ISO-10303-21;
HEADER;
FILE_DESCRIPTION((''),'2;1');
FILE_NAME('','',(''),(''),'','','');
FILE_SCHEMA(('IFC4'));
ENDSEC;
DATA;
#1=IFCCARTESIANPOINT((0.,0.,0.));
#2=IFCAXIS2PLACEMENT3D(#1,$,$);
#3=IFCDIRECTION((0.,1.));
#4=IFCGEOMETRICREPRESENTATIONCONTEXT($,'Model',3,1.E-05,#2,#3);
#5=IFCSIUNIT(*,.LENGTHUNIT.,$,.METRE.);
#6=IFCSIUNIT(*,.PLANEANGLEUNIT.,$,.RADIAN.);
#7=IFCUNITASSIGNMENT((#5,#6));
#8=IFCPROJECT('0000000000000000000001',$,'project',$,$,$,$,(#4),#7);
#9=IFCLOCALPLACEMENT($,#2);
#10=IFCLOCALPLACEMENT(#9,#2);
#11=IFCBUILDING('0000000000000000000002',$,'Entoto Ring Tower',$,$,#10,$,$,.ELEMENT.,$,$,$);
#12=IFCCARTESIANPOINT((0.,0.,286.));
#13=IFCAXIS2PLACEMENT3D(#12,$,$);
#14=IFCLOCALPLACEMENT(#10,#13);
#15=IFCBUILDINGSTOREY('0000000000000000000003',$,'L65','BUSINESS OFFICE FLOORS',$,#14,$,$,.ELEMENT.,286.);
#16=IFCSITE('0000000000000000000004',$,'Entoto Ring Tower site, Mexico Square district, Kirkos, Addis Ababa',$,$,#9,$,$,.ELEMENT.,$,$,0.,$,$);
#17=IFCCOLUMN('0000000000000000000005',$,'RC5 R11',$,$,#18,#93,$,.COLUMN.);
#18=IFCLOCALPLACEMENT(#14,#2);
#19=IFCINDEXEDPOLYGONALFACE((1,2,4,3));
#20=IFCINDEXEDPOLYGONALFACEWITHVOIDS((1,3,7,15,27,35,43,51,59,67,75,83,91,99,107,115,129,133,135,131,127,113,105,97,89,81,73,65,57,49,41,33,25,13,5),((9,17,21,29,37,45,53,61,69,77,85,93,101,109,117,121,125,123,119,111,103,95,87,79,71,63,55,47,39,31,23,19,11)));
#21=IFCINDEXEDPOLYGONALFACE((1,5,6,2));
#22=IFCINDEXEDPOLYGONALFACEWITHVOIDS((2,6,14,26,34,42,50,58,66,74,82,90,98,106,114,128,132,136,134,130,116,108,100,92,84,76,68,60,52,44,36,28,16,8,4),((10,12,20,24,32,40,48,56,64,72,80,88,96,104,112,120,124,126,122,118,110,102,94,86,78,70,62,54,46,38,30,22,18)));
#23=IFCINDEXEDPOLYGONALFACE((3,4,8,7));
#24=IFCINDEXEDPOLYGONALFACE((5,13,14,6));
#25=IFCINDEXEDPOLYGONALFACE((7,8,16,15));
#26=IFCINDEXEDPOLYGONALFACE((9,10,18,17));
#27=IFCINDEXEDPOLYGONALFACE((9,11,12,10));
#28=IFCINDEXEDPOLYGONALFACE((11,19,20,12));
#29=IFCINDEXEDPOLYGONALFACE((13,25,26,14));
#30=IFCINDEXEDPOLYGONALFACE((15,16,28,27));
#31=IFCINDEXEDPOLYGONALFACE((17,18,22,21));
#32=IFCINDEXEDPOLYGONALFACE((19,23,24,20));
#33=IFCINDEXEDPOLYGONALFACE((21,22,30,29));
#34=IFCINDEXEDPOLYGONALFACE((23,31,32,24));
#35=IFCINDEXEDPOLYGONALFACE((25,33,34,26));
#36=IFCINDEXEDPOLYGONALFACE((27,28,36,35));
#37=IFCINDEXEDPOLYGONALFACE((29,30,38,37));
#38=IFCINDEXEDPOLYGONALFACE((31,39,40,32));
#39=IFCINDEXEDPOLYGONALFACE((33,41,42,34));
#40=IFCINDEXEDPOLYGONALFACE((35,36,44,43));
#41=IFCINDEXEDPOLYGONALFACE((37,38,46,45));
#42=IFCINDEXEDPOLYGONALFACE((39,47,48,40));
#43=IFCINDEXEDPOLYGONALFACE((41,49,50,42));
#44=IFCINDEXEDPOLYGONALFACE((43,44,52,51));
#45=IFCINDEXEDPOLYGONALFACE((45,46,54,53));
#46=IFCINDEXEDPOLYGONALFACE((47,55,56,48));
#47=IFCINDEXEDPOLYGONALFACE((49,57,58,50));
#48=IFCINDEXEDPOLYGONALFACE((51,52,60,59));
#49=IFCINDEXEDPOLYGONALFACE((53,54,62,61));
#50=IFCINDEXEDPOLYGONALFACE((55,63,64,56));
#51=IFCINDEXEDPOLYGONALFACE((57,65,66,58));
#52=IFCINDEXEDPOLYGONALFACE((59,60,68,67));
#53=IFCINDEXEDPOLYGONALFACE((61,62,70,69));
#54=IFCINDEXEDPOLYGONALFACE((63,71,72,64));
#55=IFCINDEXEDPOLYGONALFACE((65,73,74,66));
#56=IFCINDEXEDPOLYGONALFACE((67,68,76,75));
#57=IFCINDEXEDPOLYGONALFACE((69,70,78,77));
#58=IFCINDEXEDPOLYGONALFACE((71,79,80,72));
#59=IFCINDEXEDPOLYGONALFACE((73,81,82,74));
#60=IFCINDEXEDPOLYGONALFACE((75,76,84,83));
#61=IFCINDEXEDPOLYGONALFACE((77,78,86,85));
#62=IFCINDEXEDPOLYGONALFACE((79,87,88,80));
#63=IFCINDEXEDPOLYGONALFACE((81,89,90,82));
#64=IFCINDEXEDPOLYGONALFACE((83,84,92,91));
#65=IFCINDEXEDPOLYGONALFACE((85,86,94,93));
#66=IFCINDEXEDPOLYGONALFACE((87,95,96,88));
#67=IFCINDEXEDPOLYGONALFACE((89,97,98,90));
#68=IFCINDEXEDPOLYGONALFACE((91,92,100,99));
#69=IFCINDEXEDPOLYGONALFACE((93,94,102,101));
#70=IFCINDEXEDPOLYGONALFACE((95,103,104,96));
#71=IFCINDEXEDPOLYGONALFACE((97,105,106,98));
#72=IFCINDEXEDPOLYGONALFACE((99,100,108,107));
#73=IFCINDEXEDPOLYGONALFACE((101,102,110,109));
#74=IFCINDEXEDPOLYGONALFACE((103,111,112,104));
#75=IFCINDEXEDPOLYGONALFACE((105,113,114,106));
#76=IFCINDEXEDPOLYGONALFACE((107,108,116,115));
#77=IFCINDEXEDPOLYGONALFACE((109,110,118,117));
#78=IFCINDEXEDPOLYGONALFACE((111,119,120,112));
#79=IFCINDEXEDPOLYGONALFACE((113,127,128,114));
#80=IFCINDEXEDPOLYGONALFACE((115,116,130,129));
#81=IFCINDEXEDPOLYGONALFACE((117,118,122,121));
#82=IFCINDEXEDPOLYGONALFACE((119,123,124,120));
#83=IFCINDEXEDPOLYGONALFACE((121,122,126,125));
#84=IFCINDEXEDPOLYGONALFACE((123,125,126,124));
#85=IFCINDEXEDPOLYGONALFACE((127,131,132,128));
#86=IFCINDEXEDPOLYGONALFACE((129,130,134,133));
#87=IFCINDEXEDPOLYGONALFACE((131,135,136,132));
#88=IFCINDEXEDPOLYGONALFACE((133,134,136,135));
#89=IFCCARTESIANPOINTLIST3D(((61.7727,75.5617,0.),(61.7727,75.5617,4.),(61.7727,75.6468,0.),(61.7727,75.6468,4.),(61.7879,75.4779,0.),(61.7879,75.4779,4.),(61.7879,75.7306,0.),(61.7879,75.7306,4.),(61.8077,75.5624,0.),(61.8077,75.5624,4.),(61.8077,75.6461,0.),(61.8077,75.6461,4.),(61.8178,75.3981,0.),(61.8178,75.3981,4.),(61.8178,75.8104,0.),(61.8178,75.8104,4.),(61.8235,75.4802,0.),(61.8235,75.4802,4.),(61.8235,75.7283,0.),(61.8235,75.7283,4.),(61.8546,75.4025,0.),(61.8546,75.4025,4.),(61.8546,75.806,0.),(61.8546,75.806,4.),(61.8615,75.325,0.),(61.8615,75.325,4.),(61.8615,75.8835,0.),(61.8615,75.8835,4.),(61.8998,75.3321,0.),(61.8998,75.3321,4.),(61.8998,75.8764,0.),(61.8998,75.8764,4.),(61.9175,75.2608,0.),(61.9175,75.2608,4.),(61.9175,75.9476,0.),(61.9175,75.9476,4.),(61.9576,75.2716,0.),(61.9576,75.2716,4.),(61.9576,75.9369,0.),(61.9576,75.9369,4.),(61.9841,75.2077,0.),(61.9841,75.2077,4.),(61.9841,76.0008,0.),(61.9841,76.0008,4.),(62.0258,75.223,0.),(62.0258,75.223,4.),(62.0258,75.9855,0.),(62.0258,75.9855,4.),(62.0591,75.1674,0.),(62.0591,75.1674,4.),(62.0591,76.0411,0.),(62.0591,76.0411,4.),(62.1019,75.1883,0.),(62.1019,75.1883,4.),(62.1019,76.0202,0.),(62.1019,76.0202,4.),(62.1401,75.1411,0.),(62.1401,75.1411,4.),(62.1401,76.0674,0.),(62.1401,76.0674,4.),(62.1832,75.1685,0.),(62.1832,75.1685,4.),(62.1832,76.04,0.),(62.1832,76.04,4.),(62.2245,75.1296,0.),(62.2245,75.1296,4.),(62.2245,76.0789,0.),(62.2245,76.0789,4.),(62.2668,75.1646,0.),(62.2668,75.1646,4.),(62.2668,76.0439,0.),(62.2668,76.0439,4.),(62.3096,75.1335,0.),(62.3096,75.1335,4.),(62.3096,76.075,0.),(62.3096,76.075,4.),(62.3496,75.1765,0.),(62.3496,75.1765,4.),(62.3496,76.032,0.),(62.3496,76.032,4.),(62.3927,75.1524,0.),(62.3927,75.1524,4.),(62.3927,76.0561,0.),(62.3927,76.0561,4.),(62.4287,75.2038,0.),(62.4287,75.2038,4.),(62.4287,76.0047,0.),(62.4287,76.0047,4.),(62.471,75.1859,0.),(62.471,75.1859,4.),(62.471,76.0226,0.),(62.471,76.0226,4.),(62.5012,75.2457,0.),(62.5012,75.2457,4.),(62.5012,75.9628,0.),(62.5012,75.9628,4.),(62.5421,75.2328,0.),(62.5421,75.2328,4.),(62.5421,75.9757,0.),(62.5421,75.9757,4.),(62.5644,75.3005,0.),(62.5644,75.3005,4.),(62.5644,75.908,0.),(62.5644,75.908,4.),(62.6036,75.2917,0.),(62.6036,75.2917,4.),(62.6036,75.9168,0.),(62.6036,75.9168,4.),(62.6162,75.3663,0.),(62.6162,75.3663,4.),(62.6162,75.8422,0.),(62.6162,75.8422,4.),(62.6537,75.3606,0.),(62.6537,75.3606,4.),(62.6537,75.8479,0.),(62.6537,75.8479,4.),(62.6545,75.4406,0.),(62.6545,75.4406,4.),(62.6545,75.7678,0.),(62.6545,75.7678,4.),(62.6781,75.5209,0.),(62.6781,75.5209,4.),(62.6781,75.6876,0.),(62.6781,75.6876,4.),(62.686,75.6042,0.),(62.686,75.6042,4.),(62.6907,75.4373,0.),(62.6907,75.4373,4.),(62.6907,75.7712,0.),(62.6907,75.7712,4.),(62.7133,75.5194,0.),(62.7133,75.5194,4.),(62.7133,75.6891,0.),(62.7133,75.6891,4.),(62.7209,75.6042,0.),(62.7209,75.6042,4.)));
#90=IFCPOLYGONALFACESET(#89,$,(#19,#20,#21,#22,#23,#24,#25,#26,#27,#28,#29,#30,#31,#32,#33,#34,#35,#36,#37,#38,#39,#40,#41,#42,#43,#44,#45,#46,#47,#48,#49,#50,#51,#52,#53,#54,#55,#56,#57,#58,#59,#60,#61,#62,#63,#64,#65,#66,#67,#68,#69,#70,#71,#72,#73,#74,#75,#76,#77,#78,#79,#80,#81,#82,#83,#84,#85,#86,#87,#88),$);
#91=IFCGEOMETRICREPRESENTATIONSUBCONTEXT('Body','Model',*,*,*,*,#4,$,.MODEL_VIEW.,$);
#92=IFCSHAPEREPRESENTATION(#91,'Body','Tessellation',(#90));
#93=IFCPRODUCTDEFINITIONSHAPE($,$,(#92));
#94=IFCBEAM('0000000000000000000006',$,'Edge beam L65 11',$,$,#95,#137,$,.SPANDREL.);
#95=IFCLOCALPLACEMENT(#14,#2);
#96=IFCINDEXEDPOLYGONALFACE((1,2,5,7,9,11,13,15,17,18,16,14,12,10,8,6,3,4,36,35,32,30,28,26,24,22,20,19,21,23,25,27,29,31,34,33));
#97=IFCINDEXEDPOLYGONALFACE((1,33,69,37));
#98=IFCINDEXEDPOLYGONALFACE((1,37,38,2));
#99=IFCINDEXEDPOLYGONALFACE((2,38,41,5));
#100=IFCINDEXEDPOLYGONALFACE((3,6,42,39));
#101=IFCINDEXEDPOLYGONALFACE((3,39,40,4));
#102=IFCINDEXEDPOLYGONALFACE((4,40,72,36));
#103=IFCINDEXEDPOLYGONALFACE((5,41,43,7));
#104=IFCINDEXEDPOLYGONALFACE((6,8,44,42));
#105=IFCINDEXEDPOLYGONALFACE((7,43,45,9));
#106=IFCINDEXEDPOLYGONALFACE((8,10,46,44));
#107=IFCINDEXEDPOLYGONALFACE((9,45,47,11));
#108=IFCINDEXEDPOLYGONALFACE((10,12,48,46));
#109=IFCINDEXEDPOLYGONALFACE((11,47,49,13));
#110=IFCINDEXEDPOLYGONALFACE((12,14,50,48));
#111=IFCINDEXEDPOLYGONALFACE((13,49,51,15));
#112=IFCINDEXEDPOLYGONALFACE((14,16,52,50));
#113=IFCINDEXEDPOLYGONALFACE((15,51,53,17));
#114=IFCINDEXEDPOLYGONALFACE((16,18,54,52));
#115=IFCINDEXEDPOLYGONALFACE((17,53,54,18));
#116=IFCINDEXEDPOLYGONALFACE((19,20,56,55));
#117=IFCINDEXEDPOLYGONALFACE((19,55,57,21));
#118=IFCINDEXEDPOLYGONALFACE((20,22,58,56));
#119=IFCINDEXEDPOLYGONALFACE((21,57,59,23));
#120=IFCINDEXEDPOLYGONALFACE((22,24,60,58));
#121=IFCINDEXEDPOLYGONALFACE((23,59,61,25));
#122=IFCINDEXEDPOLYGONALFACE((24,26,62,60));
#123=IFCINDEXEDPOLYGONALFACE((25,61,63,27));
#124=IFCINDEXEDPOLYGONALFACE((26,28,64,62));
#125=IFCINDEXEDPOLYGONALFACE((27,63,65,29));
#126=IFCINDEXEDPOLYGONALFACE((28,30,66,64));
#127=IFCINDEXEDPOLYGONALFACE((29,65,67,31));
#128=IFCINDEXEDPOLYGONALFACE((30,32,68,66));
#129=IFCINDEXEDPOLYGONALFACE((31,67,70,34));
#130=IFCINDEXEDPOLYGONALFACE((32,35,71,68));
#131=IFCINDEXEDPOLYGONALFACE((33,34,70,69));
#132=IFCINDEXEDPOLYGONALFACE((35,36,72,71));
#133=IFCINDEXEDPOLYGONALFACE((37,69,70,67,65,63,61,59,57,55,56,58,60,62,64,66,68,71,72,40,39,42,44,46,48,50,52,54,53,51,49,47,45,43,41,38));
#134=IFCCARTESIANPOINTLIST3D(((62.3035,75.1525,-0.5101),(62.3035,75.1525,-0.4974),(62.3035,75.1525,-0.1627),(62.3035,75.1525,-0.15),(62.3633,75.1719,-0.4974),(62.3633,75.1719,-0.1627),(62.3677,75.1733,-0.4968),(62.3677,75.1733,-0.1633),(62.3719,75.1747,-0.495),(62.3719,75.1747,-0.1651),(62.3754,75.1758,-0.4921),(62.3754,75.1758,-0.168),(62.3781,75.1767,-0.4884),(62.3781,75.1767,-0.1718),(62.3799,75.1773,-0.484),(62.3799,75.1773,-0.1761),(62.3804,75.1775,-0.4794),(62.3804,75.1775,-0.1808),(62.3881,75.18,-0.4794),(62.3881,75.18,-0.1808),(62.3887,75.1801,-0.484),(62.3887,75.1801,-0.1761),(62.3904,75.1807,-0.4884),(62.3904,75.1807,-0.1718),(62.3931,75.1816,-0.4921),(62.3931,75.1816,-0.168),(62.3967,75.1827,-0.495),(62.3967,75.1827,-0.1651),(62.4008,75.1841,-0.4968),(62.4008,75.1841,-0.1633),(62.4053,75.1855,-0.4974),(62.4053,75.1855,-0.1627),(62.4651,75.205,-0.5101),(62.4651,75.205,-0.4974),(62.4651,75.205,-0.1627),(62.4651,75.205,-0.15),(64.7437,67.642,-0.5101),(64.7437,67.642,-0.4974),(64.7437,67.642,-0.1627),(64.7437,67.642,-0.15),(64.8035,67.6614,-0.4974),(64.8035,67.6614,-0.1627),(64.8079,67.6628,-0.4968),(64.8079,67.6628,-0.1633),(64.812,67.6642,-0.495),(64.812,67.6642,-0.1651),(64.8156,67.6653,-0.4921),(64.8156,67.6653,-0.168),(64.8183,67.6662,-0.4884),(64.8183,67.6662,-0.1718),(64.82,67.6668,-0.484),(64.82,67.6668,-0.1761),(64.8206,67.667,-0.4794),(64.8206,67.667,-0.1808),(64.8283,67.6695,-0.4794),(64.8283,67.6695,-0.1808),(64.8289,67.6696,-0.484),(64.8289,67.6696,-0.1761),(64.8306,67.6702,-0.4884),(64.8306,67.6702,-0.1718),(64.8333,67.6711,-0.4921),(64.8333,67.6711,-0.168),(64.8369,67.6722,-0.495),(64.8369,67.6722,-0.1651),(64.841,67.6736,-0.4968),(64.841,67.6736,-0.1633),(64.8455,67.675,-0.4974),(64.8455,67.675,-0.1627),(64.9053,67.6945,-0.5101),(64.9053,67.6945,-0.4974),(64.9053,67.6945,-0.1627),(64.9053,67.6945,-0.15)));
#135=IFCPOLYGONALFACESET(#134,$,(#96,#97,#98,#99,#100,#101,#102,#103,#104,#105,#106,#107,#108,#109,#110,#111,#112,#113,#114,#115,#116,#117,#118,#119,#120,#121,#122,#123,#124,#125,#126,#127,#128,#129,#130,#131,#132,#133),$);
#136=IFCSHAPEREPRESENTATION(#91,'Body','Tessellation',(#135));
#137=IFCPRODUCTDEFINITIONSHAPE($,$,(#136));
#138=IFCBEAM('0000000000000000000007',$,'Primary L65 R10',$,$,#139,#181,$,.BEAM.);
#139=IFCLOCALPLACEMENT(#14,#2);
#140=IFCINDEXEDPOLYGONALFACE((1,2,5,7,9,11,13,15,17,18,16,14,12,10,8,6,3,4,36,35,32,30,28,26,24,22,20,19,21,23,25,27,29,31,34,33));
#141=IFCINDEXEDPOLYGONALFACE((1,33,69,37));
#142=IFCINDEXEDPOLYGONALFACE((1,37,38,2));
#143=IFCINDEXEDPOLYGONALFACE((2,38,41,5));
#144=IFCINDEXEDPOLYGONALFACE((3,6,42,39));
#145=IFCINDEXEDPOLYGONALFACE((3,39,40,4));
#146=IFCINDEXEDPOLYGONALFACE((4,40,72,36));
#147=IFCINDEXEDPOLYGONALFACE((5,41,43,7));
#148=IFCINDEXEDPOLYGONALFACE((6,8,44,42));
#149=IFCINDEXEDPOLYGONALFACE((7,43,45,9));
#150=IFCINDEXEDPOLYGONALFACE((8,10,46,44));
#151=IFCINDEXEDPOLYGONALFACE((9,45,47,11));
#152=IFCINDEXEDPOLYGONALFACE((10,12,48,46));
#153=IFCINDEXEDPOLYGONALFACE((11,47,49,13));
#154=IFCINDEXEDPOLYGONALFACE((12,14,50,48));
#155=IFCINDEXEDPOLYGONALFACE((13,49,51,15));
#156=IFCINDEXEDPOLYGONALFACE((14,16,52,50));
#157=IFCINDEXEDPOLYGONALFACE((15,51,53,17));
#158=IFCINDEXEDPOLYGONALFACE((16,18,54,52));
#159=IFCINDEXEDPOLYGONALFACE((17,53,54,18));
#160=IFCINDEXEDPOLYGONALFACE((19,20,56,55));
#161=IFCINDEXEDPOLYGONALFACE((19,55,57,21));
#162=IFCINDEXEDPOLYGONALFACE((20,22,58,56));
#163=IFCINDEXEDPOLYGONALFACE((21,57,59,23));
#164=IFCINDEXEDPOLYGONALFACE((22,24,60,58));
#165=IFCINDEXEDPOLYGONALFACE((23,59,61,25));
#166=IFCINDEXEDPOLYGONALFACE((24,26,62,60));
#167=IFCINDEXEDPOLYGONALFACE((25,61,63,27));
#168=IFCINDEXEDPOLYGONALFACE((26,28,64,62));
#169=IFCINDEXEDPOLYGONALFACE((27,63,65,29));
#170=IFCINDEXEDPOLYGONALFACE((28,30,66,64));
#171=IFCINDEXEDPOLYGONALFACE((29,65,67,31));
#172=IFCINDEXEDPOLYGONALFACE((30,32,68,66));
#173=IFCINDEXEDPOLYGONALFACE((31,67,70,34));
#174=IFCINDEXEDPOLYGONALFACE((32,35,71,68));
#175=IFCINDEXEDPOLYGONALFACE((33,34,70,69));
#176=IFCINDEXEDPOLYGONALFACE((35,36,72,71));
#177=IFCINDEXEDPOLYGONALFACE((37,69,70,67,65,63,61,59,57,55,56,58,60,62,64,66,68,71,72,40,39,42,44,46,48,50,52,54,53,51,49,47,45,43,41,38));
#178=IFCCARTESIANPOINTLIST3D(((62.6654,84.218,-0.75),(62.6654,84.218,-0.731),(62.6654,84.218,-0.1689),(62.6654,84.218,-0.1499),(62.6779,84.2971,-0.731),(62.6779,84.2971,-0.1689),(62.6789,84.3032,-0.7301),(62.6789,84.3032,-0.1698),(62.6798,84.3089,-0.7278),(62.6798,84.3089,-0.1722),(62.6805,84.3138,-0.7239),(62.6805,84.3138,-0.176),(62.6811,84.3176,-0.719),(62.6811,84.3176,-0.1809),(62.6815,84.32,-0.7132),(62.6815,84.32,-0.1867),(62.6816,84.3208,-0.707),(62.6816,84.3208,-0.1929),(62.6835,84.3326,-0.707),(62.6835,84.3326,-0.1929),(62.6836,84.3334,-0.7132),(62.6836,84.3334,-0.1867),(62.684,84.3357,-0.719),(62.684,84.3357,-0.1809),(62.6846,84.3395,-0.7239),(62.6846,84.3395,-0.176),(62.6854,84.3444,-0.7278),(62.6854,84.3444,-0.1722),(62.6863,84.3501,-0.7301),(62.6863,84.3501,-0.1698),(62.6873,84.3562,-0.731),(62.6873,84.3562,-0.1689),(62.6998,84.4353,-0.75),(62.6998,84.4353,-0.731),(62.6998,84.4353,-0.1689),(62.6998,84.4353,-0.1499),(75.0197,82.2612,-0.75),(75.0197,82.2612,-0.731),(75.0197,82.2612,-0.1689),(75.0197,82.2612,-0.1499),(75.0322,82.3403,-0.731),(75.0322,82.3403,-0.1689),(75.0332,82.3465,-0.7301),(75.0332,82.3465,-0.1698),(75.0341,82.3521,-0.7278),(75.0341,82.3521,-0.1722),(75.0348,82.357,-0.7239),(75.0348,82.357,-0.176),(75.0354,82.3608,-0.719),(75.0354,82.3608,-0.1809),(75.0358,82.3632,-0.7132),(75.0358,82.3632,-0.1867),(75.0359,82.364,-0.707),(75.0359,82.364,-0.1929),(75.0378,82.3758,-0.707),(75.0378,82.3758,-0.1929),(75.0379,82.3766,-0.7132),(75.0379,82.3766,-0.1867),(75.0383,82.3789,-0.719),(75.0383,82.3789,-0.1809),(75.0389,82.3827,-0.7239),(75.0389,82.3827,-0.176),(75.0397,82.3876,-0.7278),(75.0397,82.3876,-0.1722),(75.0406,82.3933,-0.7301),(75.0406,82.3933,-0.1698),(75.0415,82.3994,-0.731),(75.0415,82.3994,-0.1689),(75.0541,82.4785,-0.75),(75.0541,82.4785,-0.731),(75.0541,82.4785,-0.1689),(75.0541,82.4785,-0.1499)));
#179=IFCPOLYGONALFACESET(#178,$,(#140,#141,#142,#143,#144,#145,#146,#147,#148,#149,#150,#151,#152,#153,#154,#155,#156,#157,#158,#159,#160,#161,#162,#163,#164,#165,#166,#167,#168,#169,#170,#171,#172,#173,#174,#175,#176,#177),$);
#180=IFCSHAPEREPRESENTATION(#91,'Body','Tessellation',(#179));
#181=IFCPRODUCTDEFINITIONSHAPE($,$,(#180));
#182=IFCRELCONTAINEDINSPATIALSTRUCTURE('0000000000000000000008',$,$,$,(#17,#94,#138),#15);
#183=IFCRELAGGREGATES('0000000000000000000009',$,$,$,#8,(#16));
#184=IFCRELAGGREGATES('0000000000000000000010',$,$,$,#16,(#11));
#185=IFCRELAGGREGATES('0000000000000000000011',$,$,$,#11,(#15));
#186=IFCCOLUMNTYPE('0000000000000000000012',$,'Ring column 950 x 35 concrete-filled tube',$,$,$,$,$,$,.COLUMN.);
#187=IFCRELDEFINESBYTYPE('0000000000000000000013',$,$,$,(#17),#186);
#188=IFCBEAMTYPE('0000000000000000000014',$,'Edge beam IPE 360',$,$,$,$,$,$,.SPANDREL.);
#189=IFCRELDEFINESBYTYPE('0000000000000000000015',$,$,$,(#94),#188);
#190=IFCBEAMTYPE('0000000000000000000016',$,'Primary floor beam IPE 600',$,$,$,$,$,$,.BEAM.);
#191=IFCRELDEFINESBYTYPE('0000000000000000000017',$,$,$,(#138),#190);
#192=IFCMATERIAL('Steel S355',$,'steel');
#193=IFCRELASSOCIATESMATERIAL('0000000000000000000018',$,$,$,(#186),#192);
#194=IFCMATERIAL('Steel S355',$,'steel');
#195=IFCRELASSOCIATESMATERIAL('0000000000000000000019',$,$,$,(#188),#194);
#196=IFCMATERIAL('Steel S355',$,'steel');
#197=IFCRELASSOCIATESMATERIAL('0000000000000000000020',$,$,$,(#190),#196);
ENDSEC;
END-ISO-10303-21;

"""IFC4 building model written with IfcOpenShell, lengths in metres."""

from ifc_helpers import new_model, si_unit, direction, frame, origin, origin_2d, place, context, subcontext, project, spatial, circle, hollow_circle, i_section, extrude, material, material_profile, profile_set, type_object, element, save


model = new_model("IFC4")

# Units and contexts
model_context = context("Model", 3, precision=1e-05, world=origin(), true_north=direction((0.0, 1.0)))
body_context = subcontext(model_context, "Body", "Model", "MODEL_VIEW")
ifc_project = project(units=[si_unit("LENGTHUNIT", "METRE"), si_unit("PLANEANGLEUNIT", "RADIAN")], contexts=[model_context])

# Site, building, storey
site_placement = place(None, origin())
site = spatial("IfcSite", under=ifc_project, at=site_placement, Name="Entoto Ring Tower site, Mexico Square district, Kirkos, Addis Ababa", CompositionType="ELEMENT", RefElevation=0.0)
building_placement = place(site_placement, origin())
building = spatial("IfcBuilding", under=site, at=building_placement, Name="Entoto Ring Tower", CompositionType="ELEMENT")
storey_placement = place(building_placement, frame((0.0, 0.0, 286.0)))
storey = spatial("IfcBuildingStorey", under=building, at=storey_placement, Name="L65", Description="BUSINESS OFFICE FLOORS", CompositionType="ELEMENT", Elevation=286.0)

# Column
ifc_material_1 = material(Name="Steel S355", Category="steel")
ifc_material_profile_1 = material_profile(ifc_material_1, hollow_circle(Radius=0.4751, WallThickness=0.0349, at=origin_2d()), Name="CHS 950 x 35")
ifc_material_2 = material(Name="Concrete C60/75", Category="concrete")
ifc_material_profile_2 = material_profile(ifc_material_2, circle(Radius=0.4399, at=origin_2d()), Name="Concrete C60/75 infill")
ifc_profile_set_1 = profile_set([ifc_material_profile_1, ifc_material_profile_2], Name="Steel S355")
column_type = type_object("IfcColumnType", Name="Ring column 950 x 35 concrete-filled tube", PredefinedType="COLUMN", material=ifc_profile_set_1)
column_placement = place(storey_placement, frame((62.2458, 75.6042, 0.0), z_axis=(0.0, 0.0, 1.0), x_axis=(1.0, 0.0, 0.0)))
element("IfcColumn", 1, at=column_placement, inside=storey, type_object=column_type, Name="RC5 R11", PredefinedType="COLUMN", context=body_context, shape_type="SweptSolid", body=[
    extrude(hollow_circle(Radius=0.4751, WallThickness=0.0349, at=origin_2d()), origin(), (0.0, 0.0, 1.0), 4.0),
])

# Beams
ifc_material_3 = material(Name="Steel S355", Category="steel")
ifc_material_profile_3 = material_profile(ifc_material_3, i_section(OverallWidth=0.1699, OverallDepth=0.3601, WebThickness=0.0081, FlangeThickness=0.0127, FilletRadius=0.0181, at=origin_2d()), Name="IPE 360")
ifc_profile_set_2 = profile_set([ifc_material_profile_3], Name="Steel S355")
beam_type_1 = type_object("IfcBeamType", Name="Edge beam IPE 360", PredefinedType="SPANDREL", material=ifc_profile_set_2)
beam_1_placement = place(storey_placement, frame((62.3843, 75.1787, -0.3301), z_axis=(0.309003, -0.951061, 0.0), x_axis=(0.951061, 0.309003, 0.0)))
element("IfcBeam", 2, at=beam_1_placement, inside=storey, type_object=beam_type_1, Name="Edge beam L65 11", PredefinedType="SPANDREL", context=body_context, shape_type="SweptSolid", body=[
    extrude(i_section(OverallWidth=0.1699, OverallDepth=0.3601, WebThickness=0.0081, FlangeThickness=0.0127, FilletRadius=0.0181, at=origin_2d()), origin(), (0.0, 0.0, 1.0), 7.897),
])
ifc_material_4 = material(Name="Steel S355", Category="steel")
ifc_material_profile_4 = material_profile(ifc_material_4, i_section(OverallWidth=0.22, OverallDepth=0.6001, WebThickness=0.012, FlangeThickness=0.019, FilletRadius=0.0239, at=origin_2d()), Name="IPE 600")
ifc_profile_set_3 = profile_set([ifc_material_profile_4], Name="Steel S355")
beam_type_2 = type_object("IfcBeamType", Name="Primary floor beam IPE 600", PredefinedType="BEAM", material=ifc_profile_set_3)
for number, where, z_axis, x_axis, name in (
    (3, (75.0369, 82.3699, -0.45), (-0.987688, 0.15644, 0.0), (-0.15644, -0.987688, 0.0), "Primary L65 R10"),
):
    element("IfcBeam", number, at=place(storey_placement, frame(where, z_axis=z_axis, x_axis=x_axis)), inside=storey, type_object=beam_type_2, Name=name, PredefinedType="BEAM", context=body_context, shape_type="SweptSolid", body=[
        extrude(i_section(OverallWidth=0.22, OverallDepth=0.6001, WebThickness=0.012, FlangeThickness=0.019, FilletRadius=0.0239, at=origin_2d()), origin(), (0.0, 0.0, 1.0), 12.5083),
    ])

save(model, "model.ifc")
